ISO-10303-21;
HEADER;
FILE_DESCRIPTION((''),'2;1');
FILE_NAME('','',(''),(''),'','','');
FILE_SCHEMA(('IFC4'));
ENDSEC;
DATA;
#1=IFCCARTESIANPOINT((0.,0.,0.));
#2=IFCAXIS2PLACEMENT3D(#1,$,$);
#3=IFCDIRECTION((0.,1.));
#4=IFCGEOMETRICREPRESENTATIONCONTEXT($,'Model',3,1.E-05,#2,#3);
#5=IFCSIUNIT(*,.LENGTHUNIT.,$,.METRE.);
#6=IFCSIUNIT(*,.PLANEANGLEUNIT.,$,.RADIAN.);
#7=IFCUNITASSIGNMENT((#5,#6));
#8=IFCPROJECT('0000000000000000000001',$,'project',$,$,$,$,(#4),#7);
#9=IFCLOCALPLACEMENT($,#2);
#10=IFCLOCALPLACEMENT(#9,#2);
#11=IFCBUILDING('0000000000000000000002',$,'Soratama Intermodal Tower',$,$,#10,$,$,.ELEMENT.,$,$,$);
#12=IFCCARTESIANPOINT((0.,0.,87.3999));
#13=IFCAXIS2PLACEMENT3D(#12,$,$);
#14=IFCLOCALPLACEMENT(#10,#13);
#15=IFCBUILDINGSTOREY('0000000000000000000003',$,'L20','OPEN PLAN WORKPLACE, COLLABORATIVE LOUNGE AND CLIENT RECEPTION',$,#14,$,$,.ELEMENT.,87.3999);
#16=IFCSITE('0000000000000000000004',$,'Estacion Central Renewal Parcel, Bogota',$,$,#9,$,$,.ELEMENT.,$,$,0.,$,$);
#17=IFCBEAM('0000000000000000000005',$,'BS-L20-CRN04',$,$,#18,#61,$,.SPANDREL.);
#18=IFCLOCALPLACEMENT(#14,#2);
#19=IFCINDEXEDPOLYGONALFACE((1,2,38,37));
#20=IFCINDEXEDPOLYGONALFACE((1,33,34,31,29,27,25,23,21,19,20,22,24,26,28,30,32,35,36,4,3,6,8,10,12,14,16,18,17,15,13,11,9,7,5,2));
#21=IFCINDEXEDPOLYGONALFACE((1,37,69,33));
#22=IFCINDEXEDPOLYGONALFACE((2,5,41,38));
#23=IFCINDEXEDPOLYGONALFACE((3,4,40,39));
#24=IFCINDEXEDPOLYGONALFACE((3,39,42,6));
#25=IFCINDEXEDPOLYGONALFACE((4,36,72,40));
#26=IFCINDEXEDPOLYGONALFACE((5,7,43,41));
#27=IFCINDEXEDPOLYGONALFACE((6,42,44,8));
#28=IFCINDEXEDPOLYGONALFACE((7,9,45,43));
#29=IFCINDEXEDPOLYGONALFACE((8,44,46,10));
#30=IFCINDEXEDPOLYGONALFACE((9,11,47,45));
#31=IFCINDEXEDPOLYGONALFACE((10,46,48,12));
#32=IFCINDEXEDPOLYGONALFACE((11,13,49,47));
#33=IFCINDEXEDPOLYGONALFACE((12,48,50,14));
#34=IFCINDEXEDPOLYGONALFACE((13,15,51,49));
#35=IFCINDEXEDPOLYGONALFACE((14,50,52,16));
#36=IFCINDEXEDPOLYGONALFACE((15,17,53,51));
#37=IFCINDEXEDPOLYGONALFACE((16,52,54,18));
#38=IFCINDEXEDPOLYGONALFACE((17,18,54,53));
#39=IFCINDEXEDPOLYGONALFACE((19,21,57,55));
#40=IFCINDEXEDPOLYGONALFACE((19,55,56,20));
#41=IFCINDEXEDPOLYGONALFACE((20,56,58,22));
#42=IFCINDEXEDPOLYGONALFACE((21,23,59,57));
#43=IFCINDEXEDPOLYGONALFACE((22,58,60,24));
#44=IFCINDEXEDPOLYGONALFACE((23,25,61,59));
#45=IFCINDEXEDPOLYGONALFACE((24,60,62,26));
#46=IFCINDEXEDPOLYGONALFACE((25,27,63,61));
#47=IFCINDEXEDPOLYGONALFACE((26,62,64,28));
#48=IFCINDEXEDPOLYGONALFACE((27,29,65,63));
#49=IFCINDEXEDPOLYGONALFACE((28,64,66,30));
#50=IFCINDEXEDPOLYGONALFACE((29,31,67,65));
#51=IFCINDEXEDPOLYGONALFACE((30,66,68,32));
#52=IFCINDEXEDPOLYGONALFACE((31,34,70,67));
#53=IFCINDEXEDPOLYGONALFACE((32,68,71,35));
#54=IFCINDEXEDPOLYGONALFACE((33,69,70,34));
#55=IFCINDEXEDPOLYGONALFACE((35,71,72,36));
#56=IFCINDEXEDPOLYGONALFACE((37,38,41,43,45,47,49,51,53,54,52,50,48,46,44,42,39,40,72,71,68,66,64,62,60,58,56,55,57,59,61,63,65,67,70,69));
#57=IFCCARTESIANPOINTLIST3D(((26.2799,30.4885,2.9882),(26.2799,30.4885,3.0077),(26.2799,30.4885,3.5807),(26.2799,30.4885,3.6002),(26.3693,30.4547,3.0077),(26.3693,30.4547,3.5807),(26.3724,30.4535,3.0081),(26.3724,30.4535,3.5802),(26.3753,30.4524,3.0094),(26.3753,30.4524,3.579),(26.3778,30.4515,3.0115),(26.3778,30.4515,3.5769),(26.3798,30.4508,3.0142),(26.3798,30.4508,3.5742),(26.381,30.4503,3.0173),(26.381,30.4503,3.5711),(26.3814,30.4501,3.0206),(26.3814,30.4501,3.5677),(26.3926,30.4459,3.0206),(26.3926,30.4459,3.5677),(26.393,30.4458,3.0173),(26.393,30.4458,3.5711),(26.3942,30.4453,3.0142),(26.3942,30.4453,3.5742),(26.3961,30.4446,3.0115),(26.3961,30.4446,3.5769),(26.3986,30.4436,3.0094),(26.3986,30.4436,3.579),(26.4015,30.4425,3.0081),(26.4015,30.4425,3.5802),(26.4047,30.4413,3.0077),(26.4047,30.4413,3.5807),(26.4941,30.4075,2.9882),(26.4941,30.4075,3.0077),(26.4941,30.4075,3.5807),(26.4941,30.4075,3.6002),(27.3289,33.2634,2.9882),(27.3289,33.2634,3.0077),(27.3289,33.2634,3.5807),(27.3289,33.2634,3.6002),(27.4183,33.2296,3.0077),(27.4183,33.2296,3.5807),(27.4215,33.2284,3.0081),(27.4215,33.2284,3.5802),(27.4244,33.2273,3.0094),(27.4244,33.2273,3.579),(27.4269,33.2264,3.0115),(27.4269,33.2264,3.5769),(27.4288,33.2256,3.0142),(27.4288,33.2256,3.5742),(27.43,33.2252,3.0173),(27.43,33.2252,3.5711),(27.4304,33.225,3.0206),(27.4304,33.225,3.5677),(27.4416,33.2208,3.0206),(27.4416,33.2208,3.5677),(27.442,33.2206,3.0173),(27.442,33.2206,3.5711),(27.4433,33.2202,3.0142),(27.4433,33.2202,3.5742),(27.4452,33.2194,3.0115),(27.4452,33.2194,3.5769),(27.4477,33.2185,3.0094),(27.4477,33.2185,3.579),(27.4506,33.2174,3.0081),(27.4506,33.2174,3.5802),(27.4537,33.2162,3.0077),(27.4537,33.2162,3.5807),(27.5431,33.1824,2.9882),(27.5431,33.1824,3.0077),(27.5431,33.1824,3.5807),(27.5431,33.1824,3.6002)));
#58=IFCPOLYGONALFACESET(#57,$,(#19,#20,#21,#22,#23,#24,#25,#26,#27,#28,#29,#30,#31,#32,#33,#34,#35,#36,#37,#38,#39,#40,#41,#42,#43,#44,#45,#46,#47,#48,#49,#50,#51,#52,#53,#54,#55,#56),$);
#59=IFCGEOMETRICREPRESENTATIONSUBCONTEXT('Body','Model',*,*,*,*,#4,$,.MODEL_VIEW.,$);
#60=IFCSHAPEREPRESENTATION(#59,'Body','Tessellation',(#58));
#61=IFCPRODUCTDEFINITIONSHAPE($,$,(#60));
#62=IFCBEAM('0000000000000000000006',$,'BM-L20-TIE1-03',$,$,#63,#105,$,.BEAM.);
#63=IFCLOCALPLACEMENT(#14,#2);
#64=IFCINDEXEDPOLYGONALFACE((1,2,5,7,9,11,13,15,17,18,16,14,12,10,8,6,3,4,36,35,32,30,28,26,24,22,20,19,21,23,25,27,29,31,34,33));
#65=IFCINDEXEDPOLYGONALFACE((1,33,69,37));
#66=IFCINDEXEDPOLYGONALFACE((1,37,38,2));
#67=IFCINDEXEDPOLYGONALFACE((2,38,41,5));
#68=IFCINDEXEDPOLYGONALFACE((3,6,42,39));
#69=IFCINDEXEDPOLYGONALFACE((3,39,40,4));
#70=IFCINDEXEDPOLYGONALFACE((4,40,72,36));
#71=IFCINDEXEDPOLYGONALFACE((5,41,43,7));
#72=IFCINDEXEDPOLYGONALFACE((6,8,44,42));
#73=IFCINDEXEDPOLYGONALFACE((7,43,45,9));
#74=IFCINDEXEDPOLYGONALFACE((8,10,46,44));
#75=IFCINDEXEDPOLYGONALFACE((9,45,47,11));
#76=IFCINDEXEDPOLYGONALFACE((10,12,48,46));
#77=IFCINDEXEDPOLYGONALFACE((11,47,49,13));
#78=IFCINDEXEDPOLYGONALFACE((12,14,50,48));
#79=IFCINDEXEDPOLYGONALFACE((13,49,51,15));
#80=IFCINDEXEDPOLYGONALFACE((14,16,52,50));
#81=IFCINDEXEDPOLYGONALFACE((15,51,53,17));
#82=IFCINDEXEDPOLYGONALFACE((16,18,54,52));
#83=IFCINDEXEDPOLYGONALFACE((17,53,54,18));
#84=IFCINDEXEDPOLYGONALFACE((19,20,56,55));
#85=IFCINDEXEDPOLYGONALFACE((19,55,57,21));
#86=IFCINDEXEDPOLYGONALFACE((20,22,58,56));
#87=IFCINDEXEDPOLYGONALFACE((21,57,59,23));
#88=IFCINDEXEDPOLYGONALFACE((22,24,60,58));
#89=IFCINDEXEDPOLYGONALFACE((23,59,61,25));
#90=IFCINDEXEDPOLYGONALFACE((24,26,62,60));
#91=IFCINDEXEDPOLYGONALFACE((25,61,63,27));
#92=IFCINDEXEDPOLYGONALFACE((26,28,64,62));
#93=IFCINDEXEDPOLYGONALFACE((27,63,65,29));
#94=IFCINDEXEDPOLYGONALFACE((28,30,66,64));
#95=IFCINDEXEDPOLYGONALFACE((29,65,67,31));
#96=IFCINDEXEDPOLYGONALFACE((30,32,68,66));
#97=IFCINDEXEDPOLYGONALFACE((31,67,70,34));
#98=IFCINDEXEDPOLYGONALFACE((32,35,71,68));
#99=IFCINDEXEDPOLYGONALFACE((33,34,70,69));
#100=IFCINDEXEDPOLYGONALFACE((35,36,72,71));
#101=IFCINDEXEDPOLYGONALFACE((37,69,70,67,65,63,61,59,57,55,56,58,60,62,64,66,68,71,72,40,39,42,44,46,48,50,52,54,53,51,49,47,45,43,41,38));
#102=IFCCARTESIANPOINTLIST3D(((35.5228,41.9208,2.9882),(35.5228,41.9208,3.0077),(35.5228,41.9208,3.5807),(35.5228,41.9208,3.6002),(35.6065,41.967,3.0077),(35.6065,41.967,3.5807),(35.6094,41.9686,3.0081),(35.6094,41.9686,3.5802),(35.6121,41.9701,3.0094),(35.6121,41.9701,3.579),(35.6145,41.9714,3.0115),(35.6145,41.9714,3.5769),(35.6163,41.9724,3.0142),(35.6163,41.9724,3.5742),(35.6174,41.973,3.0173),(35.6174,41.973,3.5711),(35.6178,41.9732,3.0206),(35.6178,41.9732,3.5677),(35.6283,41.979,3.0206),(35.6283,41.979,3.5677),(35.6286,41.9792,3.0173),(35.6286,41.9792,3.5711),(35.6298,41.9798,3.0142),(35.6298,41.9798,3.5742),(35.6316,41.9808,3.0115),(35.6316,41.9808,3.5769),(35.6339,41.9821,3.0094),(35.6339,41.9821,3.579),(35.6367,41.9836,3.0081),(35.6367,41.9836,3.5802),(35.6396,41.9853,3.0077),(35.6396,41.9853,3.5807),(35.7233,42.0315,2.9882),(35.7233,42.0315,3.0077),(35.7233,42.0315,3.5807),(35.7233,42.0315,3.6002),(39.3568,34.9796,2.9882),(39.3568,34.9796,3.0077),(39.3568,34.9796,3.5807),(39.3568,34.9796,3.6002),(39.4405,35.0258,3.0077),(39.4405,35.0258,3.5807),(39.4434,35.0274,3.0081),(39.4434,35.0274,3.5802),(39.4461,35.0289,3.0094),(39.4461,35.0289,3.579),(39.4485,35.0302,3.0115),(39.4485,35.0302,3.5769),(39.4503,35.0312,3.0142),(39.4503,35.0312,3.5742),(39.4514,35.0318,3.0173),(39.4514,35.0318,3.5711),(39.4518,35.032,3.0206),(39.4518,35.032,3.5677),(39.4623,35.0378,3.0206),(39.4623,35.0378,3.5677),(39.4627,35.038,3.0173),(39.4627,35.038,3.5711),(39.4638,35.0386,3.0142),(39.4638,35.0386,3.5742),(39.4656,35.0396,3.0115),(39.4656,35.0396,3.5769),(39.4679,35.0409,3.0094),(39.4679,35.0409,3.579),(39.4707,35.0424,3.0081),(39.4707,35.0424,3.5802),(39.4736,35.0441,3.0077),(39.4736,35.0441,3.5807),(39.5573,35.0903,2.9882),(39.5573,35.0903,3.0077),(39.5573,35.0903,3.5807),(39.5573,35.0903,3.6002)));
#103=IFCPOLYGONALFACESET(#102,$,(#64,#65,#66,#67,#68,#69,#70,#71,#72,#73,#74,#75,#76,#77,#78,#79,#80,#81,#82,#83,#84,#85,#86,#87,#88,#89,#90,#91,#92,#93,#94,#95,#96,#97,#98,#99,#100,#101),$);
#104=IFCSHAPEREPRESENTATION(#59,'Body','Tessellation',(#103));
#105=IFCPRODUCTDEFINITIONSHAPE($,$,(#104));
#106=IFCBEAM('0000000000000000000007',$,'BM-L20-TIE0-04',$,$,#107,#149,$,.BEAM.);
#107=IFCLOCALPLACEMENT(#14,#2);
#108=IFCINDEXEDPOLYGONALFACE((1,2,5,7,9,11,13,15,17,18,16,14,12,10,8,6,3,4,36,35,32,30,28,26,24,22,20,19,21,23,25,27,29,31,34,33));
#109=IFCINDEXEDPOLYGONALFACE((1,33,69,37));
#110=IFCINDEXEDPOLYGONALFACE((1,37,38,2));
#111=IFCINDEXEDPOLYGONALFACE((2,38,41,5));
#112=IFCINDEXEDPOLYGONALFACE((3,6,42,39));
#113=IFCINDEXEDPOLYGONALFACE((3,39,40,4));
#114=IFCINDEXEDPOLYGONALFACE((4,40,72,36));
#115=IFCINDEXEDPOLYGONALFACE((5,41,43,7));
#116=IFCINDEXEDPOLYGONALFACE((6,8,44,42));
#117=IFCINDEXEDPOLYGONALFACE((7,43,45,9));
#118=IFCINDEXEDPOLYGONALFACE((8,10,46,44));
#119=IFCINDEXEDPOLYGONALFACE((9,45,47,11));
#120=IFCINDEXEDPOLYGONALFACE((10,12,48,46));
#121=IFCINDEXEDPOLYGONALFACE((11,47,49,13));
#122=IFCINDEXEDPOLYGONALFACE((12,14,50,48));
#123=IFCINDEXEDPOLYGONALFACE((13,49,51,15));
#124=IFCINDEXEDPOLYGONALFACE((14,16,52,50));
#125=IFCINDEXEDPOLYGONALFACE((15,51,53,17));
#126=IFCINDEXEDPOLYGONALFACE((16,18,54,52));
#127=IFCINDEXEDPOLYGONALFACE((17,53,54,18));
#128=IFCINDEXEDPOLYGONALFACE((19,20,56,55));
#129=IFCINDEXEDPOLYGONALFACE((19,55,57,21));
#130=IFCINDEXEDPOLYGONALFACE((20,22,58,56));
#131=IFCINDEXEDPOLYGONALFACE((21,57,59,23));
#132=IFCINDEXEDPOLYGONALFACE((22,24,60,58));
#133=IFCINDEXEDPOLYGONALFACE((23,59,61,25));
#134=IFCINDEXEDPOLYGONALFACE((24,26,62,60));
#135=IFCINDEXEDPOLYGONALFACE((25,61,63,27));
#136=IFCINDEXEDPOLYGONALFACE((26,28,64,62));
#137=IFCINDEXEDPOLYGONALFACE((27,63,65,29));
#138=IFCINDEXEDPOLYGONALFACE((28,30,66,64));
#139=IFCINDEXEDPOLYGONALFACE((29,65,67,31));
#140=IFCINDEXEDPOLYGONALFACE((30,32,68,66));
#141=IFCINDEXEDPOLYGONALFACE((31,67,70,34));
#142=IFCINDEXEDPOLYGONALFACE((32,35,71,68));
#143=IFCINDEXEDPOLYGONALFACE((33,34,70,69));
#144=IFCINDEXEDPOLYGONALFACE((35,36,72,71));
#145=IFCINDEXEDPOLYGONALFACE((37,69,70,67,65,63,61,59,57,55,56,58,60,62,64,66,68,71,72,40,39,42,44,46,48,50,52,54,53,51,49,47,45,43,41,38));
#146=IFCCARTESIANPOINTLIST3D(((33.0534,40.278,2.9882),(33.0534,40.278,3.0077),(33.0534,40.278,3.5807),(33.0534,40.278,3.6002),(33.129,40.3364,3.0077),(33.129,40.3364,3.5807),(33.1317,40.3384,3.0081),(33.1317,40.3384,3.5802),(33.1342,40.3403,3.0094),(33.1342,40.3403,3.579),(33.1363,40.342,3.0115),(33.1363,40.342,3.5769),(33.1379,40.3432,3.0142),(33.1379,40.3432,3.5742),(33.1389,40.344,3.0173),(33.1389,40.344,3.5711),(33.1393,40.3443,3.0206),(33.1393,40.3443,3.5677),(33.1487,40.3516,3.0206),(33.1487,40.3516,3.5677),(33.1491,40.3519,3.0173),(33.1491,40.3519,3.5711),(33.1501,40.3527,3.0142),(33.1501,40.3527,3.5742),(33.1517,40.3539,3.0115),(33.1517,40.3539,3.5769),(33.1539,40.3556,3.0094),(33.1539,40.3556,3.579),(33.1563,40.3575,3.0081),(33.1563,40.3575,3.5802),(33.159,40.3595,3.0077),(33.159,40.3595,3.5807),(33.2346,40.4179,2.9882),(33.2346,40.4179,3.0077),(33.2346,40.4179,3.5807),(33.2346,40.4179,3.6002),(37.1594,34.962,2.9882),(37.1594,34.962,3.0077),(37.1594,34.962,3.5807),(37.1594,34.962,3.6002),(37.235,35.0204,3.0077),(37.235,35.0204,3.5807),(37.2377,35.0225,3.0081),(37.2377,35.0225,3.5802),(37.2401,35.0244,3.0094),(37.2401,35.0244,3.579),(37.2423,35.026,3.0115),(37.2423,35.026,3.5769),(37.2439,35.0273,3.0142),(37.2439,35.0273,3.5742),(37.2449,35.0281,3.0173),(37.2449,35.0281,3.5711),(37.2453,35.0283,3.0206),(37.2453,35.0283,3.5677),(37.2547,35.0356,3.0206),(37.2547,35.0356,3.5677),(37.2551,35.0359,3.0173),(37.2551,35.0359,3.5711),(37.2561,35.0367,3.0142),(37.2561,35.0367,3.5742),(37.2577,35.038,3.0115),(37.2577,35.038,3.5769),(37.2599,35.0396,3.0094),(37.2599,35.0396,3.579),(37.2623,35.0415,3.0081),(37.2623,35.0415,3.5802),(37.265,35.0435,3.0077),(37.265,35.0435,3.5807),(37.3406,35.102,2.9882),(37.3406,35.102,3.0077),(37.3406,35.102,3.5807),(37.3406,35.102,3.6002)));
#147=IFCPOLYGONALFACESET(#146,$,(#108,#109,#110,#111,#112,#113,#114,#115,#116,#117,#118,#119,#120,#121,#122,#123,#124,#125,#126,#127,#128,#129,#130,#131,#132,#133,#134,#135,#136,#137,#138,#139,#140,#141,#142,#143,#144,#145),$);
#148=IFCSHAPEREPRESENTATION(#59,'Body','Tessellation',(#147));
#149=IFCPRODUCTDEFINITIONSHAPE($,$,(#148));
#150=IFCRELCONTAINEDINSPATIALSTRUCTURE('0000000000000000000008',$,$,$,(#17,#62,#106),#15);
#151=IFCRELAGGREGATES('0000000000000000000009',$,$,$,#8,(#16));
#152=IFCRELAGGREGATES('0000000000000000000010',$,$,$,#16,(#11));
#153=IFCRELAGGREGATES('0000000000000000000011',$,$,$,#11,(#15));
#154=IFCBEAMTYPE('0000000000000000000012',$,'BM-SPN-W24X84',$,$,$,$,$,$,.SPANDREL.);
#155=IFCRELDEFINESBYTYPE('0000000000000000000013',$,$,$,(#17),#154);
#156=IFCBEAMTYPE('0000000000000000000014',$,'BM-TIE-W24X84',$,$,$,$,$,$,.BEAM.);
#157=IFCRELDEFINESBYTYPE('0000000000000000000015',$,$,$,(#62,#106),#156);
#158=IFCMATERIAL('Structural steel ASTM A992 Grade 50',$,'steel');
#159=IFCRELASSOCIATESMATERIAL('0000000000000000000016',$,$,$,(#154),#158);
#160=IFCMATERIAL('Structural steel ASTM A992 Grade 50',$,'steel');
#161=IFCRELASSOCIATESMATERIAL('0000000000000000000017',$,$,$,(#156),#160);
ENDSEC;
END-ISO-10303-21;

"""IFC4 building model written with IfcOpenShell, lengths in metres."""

from ifc_helpers import new_model, si_unit, direction, frame, origin, origin_2d, place, context, subcontext, project, spatial, i_section, extrude, material, material_profile, profile_set, type_object, element, save


model = new_model("IFC4")

# Units and contexts
model_context = context("Model", 3, precision=1e-05, world=origin(), true_north=direction((0.0, 1.0)))
body_context = subcontext(model_context, "Body", "Model", "MODEL_VIEW")
ifc_project = project(units=[si_unit("LENGTHUNIT", "METRE"), si_unit("PLANEANGLEUNIT", "RADIAN")], contexts=[model_context])

# Site, building, storey
site_placement = place(None, origin())
site = spatial("IfcSite", under=ifc_project, at=site_placement, Name="Estacion Central Renewal Parcel, Bogota", CompositionType="ELEMENT", RefElevation=0.0)
building_placement = place(site_placement, origin())
building = spatial("IfcBuilding", under=site, at=building_placement, Name="Soratama Intermodal Tower", CompositionType="ELEMENT")
storey_placement = place(building_placement, frame((0.0, 0.0, 87.3999)))
storey = spatial("IfcBuildingStorey", under=building, at=storey_placement, Name="L20", Description="OPEN PLAN WORKPLACE, COLLABORATIVE LOUNGE AND CLIENT RECEPTION", CompositionType="ELEMENT", Elevation=87.3999)

# Beams
ifc_material_1 = material(Name="Structural steel ASTM A992 Grade 50", Category="steel")
ifc_material_profile_1 = material_profile(ifc_material_1, i_section(OverallWidth=0.229, OverallDepth=0.6121, WebThickness=0.012, FlangeThickness=0.0195, FilletRadius=0.0129, at=origin_2d()), Name="W24X84")
ifc_profile_set_1 = profile_set([ifc_material_profile_1], Name="Structural steel ASTM A992 Grade 50")
beam_type_1 = type_object("IfcBeamType", Name="BM-SPN-W24X84", PredefinedType="SPANDREL", material=ifc_profile_set_1)
beam_1_placement = place(storey_placement, frame((27.436, 33.2229, 3.2942), z_axis=(-0.353629, -0.935386, 0.0), x_axis=(0.935386, -0.353629, 0.0)))
element("IfcBeam", 1, at=beam_1_placement, inside=storey, type_object=beam_type_1, Name="BS-L20-CRN04", PredefinedType="SPANDREL", context=body_context, shape_type="SweptSolid", body=[
    extrude(i_section(OverallWidth=0.229, OverallDepth=0.6121, WebThickness=0.012, FlangeThickness=0.0195, FilletRadius=0.0129, at=origin_2d()), origin(), (0.0, 0.0, 1.0), 2.9666),
])
ifc_material_2 = material(Name="Structural steel ASTM A992 Grade 50", Category="steel")
ifc_material_profile_2 = material_profile(ifc_material_2, i_section(OverallWidth=0.229, OverallDepth=0.6121, WebThickness=0.012, FlangeThickness=0.0195, FilletRadius=0.0129, at=origin_2d()), Name="W24X84")
ifc_profile_set_2 = profile_set([ifc_material_profile_2], Name="Structural steel ASTM A992 Grade 50")
beam_type_2 = type_object("IfcBeamType", Name="BM-TIE-W24X84", PredefinedType="BEAM", material=ifc_profile_set_2)
beam_2_placement = place(storey_placement, frame((39.457, 35.0349, 3.2942), z_axis=(-0.483501, 0.875344, 0.0), x_axis=(-0.875344, -0.483501, 0.0)))
element("IfcBeam", 2, at=beam_2_placement, inside=storey, type_object=beam_type_2, Name="BM-L20-TIE1-03", PredefinedType="BEAM", context=body_context, shape_type="SweptSolid", body=[
    extrude(i_section(OverallWidth=0.229, OverallDepth=0.6121, WebThickness=0.012, FlangeThickness=0.0195, FilletRadius=0.0129, at=origin_2d()), origin(), (0.0, 0.0, 1.0), 7.9297),
])
beam_3_placement = place(storey_placement, frame((37.25, 35.032, 3.2942), z_axis=(-0.61128, 0.791414, 0.0), x_axis=(-0.791414, -0.61128, 0.0)))
element("IfcBeam", 3, at=beam_3_placement, inside=storey, type_object=beam_type_2, Name="BM-L20-TIE0-04", PredefinedType="BEAM", context=body_context, shape_type="SweptSolid", body=[
    extrude(i_section(OverallWidth=0.229, OverallDepth=0.6121, WebThickness=0.012, FlangeThickness=0.0195, FilletRadius=0.0129, at=origin_2d()), origin(), (0.0, 0.0, 1.0), 6.717),
])

save(model, "model.ifc")
